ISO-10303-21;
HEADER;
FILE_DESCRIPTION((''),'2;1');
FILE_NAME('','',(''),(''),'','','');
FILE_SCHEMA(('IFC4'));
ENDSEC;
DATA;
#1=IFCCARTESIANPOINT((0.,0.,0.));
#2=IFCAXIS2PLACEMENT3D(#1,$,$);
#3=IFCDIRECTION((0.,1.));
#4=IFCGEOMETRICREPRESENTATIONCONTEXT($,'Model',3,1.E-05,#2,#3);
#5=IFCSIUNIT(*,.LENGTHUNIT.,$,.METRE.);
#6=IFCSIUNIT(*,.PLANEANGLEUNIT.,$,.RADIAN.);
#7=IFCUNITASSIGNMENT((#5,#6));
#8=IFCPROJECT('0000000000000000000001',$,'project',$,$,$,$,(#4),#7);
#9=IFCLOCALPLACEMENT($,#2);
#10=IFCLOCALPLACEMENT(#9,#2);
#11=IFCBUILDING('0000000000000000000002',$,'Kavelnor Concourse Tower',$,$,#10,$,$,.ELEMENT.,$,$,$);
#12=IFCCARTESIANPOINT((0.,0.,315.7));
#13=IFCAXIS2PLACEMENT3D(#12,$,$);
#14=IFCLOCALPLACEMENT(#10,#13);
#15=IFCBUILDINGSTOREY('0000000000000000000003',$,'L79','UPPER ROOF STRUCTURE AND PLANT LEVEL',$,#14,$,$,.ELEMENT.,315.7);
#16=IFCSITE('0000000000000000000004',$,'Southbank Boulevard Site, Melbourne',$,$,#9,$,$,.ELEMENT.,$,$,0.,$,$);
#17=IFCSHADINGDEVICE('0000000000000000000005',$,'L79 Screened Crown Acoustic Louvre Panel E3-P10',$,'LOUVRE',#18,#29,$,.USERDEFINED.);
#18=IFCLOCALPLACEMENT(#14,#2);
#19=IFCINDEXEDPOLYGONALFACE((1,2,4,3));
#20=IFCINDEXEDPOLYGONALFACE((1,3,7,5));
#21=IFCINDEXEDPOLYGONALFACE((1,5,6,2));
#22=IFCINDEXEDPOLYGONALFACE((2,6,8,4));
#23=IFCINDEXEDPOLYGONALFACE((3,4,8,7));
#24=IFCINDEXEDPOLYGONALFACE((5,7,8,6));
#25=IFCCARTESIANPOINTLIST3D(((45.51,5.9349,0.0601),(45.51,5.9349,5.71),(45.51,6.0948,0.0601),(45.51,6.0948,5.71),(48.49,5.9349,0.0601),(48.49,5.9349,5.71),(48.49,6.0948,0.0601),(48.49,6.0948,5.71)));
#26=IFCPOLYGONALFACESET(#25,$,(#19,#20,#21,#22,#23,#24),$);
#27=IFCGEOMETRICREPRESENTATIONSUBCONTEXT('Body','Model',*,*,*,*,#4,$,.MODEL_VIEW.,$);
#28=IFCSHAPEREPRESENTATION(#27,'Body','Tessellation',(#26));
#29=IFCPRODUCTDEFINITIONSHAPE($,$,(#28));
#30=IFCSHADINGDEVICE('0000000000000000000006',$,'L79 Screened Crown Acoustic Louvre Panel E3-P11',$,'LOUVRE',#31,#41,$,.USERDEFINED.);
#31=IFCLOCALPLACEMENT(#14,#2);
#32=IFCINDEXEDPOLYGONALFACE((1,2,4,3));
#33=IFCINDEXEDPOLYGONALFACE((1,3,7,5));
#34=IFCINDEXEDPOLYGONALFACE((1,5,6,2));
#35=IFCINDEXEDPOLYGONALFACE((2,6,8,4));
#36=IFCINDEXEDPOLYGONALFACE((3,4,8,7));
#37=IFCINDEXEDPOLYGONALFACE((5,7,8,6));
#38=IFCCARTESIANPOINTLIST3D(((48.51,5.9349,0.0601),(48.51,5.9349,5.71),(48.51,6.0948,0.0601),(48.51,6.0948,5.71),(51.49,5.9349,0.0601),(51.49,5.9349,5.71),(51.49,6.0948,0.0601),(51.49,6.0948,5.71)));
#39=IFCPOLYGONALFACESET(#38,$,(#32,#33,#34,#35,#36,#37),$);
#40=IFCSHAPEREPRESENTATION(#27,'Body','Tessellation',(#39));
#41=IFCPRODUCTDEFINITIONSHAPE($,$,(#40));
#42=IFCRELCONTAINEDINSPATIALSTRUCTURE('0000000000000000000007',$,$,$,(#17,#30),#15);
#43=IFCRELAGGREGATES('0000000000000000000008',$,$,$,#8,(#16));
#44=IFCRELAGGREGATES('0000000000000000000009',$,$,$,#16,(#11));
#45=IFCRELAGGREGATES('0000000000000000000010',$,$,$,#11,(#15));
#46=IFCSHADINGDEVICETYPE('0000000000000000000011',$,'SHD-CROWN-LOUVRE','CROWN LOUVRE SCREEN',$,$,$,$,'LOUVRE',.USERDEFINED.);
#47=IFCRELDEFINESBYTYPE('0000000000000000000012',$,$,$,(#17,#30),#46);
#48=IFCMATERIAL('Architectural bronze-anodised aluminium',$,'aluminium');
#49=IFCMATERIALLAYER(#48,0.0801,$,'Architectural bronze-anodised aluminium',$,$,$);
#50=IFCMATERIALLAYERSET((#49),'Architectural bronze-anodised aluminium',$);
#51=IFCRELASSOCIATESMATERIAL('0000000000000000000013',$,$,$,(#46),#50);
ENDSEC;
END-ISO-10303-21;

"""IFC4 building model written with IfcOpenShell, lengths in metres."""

from ifc_helpers import new_model, si_unit, direction, frame, origin, origin_2d, place, context, subcontext, project, spatial, rectangle, extrude, material, layer, layer_set, type_object, element, save


model = new_model("IFC4")

# Units and contexts
model_context = context("Model", 3, precision=1e-05, world=origin(), true_north=direction((0.0, 1.0)))
body_context = subcontext(model_context, "Body", "Model", "MODEL_VIEW")
ifc_project = project(units=[si_unit("LENGTHUNIT", "METRE"), si_unit("PLANEANGLEUNIT", "RADIAN")], contexts=[model_context])

# Site, building, storey
site_placement = place(None, origin())
site = spatial("IfcSite", under=ifc_project, at=site_placement, Name="Southbank Boulevard Site, Melbourne", CompositionType="ELEMENT", RefElevation=0.0)
building_placement = place(site_placement, origin())
building = spatial("IfcBuilding", under=site, at=building_placement, Name="Kavelnor Concourse Tower", CompositionType="ELEMENT")
storey_placement = place(building_placement, frame((0.0, 0.0, 315.7)))
storey = spatial("IfcBuildingStorey", under=building, at=storey_placement, Name="L79", Description="UPPER ROOF STRUCTURE AND PLANT LEVEL", CompositionType="ELEMENT", Elevation=315.7)

# Shading devices
ifc_material_1 = material(Name="Architectural bronze-anodised aluminium", Category="aluminium")
ifc_layer_1 = layer(ifc_material_1, 0.0801, Name="Architectural bronze-anodised aluminium")
ifc_layer_set_1 = layer_set([ifc_layer_1], Name="Architectural bronze-anodised aluminium")
shading_device_type = type_object("IfcShadingDeviceType", Name="SHD-CROWN-LOUVRE", Description="CROWN LOUVRE SCREEN", ElementType="LOUVRE", PredefinedType="USERDEFINED", material=ifc_layer_set_1)
for number, where, z_axis, x_axis, name in (
    (1, (47.0, 6.0149, 0.0601), (0.0, 0.0, 1.0), (1.0, 0.0, 0.0), "L79 Screened Crown Acoustic Louvre Panel E3-P10"),
    (2, (50.0, 6.0149, 0.0601), (0.0, 0.0, 1.0), (1.0, 0.0, 0.0), "L79 Screened Crown Acoustic Louvre Panel E3-P11"),
):
    element("IfcShadingDevice", number, at=place(storey_placement, frame(where, z_axis=z_axis, x_axis=x_axis)), inside=storey, type_object=shading_device_type, Name=name, ObjectType="LOUVRE", PredefinedType="USERDEFINED", context=body_context, shape_type="SweptSolid", body=[
        extrude(rectangle(XDim=2.98, YDim=0.1599, at=origin_2d()), origin(), (0.0, 0.0, 1.0), 5.6499),
    ])

save(model, "model.ifc")
